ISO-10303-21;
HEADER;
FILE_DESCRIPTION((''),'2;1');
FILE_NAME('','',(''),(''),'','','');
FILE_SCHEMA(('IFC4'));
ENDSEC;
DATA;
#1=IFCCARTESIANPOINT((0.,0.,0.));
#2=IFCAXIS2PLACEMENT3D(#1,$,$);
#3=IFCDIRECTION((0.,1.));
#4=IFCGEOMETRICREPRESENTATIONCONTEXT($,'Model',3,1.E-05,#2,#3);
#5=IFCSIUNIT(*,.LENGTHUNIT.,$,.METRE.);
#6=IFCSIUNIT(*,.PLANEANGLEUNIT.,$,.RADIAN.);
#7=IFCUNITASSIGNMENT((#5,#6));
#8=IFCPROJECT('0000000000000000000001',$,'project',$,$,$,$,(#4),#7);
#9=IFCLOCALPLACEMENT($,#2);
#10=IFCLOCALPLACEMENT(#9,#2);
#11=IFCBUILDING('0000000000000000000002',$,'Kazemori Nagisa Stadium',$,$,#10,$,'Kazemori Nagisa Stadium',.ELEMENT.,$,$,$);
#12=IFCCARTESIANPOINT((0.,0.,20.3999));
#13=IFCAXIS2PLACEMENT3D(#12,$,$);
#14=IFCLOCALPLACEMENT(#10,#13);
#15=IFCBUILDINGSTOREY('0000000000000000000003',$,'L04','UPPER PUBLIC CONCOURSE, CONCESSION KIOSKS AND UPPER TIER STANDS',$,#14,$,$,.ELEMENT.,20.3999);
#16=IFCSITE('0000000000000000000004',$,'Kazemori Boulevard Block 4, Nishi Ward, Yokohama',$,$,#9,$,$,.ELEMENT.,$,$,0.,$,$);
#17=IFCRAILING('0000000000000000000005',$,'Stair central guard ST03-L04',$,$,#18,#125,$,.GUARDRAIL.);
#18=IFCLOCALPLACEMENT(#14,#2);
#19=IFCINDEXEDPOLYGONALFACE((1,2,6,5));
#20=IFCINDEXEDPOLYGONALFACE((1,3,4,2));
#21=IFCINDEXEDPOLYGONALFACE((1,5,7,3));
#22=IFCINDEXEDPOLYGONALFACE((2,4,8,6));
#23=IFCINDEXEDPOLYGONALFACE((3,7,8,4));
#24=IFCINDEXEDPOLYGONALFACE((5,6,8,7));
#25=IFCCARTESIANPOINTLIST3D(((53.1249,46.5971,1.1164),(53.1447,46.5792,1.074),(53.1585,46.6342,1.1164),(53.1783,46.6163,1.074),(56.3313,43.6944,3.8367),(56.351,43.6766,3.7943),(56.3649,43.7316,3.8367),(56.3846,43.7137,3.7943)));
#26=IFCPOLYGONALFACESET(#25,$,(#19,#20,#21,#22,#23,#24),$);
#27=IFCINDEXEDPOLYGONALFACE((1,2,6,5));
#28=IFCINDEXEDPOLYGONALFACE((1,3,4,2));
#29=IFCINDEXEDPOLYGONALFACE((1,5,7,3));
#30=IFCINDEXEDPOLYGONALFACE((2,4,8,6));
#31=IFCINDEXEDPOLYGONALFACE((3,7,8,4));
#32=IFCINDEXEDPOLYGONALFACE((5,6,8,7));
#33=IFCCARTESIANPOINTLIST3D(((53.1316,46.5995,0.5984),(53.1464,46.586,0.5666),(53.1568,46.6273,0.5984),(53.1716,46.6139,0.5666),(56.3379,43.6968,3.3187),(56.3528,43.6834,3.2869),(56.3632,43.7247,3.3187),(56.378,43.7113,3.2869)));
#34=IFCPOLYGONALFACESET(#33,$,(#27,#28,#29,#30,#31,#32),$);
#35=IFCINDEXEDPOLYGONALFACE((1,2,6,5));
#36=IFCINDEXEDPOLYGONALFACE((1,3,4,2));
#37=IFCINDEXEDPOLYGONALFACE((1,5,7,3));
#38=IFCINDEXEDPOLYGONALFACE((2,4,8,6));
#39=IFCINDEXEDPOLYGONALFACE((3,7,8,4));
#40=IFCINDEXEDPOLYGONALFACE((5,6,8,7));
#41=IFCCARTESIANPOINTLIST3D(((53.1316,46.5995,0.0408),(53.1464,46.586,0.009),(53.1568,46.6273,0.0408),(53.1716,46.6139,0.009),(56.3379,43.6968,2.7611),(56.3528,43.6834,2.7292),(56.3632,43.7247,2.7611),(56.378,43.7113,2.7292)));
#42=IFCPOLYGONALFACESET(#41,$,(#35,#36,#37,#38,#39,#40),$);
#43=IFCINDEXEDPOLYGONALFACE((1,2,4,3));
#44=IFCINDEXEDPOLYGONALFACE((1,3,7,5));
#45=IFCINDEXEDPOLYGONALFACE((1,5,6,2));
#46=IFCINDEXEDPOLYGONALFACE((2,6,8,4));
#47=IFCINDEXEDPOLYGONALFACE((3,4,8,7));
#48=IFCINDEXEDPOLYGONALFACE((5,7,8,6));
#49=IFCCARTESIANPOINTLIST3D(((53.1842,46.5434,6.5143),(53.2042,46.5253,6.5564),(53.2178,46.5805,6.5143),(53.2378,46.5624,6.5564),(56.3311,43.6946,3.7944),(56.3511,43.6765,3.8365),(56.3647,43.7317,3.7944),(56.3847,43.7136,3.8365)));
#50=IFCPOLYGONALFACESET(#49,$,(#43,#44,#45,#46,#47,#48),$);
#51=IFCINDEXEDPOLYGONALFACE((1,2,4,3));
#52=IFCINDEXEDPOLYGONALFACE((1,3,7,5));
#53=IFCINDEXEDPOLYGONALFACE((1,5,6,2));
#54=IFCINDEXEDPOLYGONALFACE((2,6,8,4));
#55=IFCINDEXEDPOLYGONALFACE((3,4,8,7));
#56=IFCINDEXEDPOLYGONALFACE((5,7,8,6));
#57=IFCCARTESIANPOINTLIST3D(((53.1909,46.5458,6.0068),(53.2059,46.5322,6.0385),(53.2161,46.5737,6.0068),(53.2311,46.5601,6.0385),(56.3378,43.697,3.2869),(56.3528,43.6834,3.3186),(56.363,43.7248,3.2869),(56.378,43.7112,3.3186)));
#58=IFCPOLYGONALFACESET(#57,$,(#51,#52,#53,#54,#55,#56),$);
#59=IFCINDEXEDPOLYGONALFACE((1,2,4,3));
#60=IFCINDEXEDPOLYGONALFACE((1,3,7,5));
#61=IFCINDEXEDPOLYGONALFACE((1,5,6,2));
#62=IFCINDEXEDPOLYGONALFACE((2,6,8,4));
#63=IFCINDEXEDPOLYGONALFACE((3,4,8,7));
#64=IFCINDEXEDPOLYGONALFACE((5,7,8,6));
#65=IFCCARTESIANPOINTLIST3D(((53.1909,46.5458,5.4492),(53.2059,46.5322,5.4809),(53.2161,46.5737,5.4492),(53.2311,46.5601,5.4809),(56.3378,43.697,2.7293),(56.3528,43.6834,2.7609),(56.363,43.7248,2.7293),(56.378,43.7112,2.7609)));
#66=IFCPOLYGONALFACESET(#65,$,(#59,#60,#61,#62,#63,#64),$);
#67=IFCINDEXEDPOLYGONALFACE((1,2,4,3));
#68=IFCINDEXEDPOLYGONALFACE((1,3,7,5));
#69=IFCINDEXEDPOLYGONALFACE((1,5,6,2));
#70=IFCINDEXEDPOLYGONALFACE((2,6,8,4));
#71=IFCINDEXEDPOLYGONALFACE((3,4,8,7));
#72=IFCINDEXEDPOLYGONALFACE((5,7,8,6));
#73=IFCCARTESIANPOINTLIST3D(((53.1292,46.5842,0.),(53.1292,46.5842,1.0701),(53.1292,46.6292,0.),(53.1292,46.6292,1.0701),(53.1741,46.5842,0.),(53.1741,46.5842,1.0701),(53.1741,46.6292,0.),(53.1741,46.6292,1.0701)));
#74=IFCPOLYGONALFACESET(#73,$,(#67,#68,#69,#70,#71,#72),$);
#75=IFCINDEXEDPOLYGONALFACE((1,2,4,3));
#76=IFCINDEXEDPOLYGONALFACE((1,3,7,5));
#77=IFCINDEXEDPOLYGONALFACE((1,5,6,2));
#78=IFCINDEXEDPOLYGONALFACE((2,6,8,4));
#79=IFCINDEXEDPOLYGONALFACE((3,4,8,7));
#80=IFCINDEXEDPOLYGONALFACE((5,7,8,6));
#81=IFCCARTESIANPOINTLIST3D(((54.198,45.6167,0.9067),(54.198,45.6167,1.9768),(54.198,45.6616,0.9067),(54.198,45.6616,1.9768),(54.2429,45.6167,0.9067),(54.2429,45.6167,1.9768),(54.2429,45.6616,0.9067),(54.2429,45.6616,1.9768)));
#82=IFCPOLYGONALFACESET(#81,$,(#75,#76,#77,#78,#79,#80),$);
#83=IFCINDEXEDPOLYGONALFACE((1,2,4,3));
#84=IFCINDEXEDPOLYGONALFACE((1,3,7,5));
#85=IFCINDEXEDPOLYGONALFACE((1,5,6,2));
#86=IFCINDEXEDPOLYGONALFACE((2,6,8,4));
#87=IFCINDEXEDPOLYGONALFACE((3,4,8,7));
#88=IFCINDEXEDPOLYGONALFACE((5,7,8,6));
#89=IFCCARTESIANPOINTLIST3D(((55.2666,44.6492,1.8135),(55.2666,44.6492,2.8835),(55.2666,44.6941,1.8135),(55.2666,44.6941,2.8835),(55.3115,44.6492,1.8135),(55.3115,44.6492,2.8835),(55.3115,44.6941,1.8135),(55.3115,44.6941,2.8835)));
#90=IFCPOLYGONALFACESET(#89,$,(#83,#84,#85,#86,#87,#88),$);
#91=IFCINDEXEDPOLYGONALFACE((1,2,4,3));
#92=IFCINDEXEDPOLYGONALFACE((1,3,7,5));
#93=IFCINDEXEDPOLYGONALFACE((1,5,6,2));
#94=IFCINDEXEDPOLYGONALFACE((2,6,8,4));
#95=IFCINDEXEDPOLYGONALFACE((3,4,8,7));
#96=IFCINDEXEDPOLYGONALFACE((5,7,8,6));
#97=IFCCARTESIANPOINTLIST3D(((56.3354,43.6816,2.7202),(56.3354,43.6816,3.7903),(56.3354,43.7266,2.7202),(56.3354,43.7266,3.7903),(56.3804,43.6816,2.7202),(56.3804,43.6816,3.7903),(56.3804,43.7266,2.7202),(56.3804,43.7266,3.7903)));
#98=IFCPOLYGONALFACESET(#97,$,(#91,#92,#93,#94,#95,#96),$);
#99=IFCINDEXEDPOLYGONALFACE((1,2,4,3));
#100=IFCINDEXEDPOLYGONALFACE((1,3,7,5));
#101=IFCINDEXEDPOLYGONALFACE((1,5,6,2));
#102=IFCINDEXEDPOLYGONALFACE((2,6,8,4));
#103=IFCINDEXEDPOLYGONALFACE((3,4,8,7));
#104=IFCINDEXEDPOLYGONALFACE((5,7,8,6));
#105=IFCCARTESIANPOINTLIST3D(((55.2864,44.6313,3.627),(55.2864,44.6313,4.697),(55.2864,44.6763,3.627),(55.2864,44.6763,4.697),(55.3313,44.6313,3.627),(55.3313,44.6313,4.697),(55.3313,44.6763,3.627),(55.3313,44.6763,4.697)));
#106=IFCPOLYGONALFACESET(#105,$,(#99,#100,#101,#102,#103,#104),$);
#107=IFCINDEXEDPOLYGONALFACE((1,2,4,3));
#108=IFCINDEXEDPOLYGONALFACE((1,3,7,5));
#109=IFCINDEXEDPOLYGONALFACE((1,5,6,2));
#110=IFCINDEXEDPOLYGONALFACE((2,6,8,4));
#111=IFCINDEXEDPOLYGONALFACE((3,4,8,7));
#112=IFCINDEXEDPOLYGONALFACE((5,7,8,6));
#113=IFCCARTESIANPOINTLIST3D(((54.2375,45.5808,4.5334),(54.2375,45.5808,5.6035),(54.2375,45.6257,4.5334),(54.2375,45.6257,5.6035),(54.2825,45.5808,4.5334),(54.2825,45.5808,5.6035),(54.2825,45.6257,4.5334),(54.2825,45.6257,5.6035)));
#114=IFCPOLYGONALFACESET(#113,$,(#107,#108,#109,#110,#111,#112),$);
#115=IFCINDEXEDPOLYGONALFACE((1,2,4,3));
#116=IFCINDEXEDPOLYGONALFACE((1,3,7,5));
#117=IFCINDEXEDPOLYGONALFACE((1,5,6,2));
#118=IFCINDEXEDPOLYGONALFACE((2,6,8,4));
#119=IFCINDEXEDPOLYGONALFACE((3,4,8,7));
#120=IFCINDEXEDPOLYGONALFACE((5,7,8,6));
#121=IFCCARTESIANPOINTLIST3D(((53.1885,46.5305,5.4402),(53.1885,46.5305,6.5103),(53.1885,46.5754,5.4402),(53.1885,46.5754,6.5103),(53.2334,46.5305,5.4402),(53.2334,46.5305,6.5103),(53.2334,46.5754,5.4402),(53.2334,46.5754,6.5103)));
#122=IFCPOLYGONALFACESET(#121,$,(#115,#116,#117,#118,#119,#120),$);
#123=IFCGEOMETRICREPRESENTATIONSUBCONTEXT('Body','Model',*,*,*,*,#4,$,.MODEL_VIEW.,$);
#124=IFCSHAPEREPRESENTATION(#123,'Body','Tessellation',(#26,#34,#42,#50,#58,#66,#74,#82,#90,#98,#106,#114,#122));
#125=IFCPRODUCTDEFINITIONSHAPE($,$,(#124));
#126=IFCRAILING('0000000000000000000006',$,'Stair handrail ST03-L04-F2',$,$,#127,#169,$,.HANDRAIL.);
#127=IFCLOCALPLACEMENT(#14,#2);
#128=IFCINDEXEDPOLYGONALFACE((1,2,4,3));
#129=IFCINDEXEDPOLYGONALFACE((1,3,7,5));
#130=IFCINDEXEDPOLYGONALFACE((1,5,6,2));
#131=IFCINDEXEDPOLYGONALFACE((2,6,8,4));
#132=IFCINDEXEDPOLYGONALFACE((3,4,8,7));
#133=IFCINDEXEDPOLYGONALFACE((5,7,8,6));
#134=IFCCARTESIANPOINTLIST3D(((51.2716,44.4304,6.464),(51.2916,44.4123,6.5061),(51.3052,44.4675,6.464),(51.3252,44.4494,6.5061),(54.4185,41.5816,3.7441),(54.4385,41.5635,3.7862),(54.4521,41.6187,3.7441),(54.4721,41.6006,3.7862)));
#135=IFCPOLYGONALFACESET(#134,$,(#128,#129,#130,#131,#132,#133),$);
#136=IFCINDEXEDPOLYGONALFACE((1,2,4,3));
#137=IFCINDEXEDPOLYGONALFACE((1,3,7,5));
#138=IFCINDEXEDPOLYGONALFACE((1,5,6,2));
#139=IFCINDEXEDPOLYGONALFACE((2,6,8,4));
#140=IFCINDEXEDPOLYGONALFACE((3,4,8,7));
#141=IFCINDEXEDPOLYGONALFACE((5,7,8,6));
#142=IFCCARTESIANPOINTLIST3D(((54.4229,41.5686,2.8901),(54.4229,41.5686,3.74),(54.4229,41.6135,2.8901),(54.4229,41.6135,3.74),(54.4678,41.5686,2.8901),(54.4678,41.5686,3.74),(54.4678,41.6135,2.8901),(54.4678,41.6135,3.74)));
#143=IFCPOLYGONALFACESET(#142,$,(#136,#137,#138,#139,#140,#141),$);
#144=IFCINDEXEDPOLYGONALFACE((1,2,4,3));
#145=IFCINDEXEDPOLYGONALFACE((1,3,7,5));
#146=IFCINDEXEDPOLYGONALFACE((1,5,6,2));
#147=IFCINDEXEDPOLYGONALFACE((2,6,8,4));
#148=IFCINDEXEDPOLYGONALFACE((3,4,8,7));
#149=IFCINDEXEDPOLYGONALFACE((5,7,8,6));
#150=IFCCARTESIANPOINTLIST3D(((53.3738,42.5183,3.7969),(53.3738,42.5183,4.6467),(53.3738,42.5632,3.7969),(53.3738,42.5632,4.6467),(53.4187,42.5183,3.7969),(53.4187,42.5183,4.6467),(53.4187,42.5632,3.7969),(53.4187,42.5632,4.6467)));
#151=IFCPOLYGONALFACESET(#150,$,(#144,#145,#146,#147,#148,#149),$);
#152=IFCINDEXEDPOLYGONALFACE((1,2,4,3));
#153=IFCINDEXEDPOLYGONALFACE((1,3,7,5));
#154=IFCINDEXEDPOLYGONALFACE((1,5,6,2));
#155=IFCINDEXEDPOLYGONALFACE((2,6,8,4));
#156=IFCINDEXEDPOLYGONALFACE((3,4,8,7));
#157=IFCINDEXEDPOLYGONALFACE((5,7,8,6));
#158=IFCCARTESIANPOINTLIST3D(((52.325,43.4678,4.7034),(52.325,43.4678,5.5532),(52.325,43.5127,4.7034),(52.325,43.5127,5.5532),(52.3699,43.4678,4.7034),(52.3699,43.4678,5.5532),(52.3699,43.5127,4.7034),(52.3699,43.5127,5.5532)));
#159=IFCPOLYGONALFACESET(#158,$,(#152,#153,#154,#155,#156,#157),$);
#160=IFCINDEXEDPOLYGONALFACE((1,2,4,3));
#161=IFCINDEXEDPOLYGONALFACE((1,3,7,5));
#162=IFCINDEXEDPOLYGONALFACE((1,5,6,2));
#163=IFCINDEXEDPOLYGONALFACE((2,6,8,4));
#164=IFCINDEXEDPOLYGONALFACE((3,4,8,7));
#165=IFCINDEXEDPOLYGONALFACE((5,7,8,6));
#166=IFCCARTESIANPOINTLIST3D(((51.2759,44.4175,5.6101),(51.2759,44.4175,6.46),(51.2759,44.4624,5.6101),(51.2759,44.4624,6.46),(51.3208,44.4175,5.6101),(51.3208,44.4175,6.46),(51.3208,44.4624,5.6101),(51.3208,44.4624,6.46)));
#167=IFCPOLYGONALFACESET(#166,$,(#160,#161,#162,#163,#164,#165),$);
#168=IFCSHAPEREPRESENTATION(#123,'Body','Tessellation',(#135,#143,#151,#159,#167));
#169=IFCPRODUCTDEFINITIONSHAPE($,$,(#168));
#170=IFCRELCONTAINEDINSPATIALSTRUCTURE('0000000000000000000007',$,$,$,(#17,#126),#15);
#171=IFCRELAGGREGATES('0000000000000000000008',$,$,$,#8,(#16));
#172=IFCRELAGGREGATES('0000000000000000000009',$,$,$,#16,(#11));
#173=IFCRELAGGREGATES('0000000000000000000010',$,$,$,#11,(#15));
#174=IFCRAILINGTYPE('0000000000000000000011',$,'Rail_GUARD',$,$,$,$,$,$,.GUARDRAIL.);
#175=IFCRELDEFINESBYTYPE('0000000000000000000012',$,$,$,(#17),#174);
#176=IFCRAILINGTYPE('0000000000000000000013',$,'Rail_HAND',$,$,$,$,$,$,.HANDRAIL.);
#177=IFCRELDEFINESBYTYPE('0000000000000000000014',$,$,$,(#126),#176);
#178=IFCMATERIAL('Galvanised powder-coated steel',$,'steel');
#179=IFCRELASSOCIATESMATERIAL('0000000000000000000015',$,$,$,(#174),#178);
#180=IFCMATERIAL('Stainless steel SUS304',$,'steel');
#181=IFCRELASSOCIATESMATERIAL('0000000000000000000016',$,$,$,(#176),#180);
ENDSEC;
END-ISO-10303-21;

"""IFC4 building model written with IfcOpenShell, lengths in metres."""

from ifc_helpers import new_model, si_unit, direction, frame, origin, origin_2d, place, context, subcontext, project, spatial, rectangle, extrude, material, type_object, element, save


model = new_model("IFC4")

# Units and contexts
model_context = context("Model", 3, precision=1e-05, world=origin(), true_north=direction((0.0, 1.0)))
body_context = subcontext(model_context, "Body", "Model", "MODEL_VIEW")
ifc_project = project(units=[si_unit("LENGTHUNIT", "METRE"), si_unit("PLANEANGLEUNIT", "RADIAN")], contexts=[model_context])

# Site, building, storey
site_placement = place(None, origin())
site = spatial("IfcSite", under=ifc_project, at=site_placement, Name="Kazemori Boulevard Block 4, Nishi Ward, Yokohama", CompositionType="ELEMENT", RefElevation=0.0)
building_placement = place(site_placement, origin())
building = spatial("IfcBuilding", under=site, at=building_placement, Name="Kazemori Nagisa Stadium", LongName="Kazemori Nagisa Stadium", CompositionType="ELEMENT")
storey_placement = place(building_placement, frame((0.0, 0.0, 20.3999)))
storey = spatial("IfcBuildingStorey", under=building, at=storey_placement, Name="L04", Description="UPPER PUBLIC CONCOURSE, CONCESSION KIOSKS AND UPPER TIER STANDS", CompositionType="ELEMENT", Elevation=20.3999)

# Railings
ifc_material_1 = material(Name="Galvanised powder-coated steel", Category="steel")
railing_type_1 = type_object("IfcRailingType", Name="Rail_GUARD", PredefinedType="GUARDRAIL", material=ifc_material_1)
railing_1_placement = place(storey_placement, frame((53.1516, 46.6067, 0.0)))
element("IfcRailing", 1, at=railing_1_placement, inside=storey, type_object=railing_type_1, Name="Stair central guard ST03-L04", PredefinedType="GUARDRAIL", context=body_context, shape_type="SweptSolid", body=[
    extrude(rectangle(XDim=0.05, YDim=0.05, at=origin_2d()), frame((0.0, 0.0, 1.0952), z_axis=(0.627542, -0.568099, 0.532405), x_axis=(0.671123, 0.741346, 0.0)), (0.0, 0.0, 1.0), 5.1094),
    extrude(rectangle(XDim=0.0376, YDim=0.0376, at=origin_2d()), frame((0.0, 0.0, 0.5825), z_axis=(0.627542, -0.568099, 0.532405), x_axis=(0.671123, 0.741346, 0.0)), (0.0, 0.0, 1.0), 5.1094),
    extrude(rectangle(XDim=0.0376, YDim=0.0376, at=origin_2d()), frame((0.0, 0.0, 0.0249), z_axis=(0.627542, -0.568099, 0.532405), x_axis=(0.671123, 0.741346, 0.0)), (0.0, 0.0, 1.0), 5.1094),
    extrude(rectangle(XDim=0.05, YDim=0.05, at=origin_2d()), frame((3.2063, -2.9026, 3.8154), z_axis=(-0.624201, 0.565073, 0.539505), x_axis=(-0.671123, -0.741346, 0.0)), (0.0, 0.0, 1.0), 5.0415),
    extrude(rectangle(XDim=0.0376, YDim=0.0376, at=origin_2d()), frame((3.2063, -2.9026, 3.3027), z_axis=(-0.624201, 0.565073, 0.539505), x_axis=(-0.671123, -0.741346, 0.0)), (0.0, 0.0, 1.0), 5.0415),
    extrude(rectangle(XDim=0.0376, YDim=0.0376, at=origin_2d()), frame((3.2063, -2.9026, 2.7451), z_axis=(-0.624201, 0.565073, 0.539505), x_axis=(-0.671123, -0.741346, 0.0)), (0.0, 0.0, 1.0), 5.0415),
    extrude(rectangle(XDim=0.0449, YDim=0.0449, at=origin_2d()), origin(), (0.0, 0.0, 1.0), 1.0701),
    extrude(rectangle(XDim=0.0449, YDim=0.0449, at=origin_2d()), frame((1.0688, -0.9675, 0.9067)), (0.0, 0.0, 1.0), 1.0701),
    extrude(rectangle(XDim=0.0449, YDim=0.0449, at=origin_2d()), frame((2.1375, -1.9351, 1.8135)), (0.0, 0.0, 1.0), 1.0701),
    extrude(rectangle(XDim=0.0449, YDim=0.0449, at=origin_2d()), frame((3.2063, -2.9026, 2.7202)), (0.0, 0.0, 1.0), 1.0701),
    extrude(rectangle(XDim=0.0449, YDim=0.0449, at=origin_2d()), frame((2.1572, -1.9529, 3.627)), (0.0, 0.0, 1.0), 1.0701),
    extrude(rectangle(XDim=0.0449, YDim=0.0449, at=origin_2d()), frame((1.1084, -1.0034, 4.5334)), (0.0, 0.0, 1.0), 1.0701),
    extrude(rectangle(XDim=0.0449, YDim=0.0449, at=origin_2d()), frame((0.0593, -0.0537, 5.4402)), (0.0, 0.0, 1.0), 1.0701),
])
ifc_material_2 = material(Name="Stainless steel SUS304", Category="steel")
railing_type_2 = type_object("IfcRailingType", Name="Rail_HAND", PredefinedType="HANDRAIL", material=ifc_material_2)
railing_2_placement = place(storey_placement, frame((54.4453, 41.5911, 2.8901)))
element("IfcRailing", 2, at=railing_2_placement, inside=storey, type_object=railing_type_2, Name="Stair handrail ST03-L04-F2", PredefinedType="HANDRAIL", context=body_context, shape_type="SweptSolid", body=[
    extrude(rectangle(XDim=0.05, YDim=0.05, at=origin_2d()), frame((0.0, 0.0, 0.875), z_axis=(-0.624201, 0.565073, 0.539505), x_axis=(-0.671123, -0.741346, 0.0)), (0.0, 0.0, 1.0), 5.0415),
    extrude(rectangle(XDim=0.0449, YDim=0.0449, at=origin_2d()), origin(), (0.0, 0.0, 1.0), 0.8499),
    extrude(rectangle(XDim=0.0449, YDim=0.0449, at=origin_2d()), frame((-1.0491, 0.9497, 0.9067)), (0.0, 0.0, 1.0), 0.8499),
    extrude(rectangle(XDim=0.0449, YDim=0.0449, at=origin_2d()), frame((-2.0979, 1.8992, 1.8132)), (0.0, 0.0, 1.0), 0.8499),
    extrude(rectangle(XDim=0.0449, YDim=0.0449, at=origin_2d()), frame((-3.147, 2.8489, 2.72)), (0.0, 0.0, 1.0), 0.8499),
])

save(model, "model.ifc")
